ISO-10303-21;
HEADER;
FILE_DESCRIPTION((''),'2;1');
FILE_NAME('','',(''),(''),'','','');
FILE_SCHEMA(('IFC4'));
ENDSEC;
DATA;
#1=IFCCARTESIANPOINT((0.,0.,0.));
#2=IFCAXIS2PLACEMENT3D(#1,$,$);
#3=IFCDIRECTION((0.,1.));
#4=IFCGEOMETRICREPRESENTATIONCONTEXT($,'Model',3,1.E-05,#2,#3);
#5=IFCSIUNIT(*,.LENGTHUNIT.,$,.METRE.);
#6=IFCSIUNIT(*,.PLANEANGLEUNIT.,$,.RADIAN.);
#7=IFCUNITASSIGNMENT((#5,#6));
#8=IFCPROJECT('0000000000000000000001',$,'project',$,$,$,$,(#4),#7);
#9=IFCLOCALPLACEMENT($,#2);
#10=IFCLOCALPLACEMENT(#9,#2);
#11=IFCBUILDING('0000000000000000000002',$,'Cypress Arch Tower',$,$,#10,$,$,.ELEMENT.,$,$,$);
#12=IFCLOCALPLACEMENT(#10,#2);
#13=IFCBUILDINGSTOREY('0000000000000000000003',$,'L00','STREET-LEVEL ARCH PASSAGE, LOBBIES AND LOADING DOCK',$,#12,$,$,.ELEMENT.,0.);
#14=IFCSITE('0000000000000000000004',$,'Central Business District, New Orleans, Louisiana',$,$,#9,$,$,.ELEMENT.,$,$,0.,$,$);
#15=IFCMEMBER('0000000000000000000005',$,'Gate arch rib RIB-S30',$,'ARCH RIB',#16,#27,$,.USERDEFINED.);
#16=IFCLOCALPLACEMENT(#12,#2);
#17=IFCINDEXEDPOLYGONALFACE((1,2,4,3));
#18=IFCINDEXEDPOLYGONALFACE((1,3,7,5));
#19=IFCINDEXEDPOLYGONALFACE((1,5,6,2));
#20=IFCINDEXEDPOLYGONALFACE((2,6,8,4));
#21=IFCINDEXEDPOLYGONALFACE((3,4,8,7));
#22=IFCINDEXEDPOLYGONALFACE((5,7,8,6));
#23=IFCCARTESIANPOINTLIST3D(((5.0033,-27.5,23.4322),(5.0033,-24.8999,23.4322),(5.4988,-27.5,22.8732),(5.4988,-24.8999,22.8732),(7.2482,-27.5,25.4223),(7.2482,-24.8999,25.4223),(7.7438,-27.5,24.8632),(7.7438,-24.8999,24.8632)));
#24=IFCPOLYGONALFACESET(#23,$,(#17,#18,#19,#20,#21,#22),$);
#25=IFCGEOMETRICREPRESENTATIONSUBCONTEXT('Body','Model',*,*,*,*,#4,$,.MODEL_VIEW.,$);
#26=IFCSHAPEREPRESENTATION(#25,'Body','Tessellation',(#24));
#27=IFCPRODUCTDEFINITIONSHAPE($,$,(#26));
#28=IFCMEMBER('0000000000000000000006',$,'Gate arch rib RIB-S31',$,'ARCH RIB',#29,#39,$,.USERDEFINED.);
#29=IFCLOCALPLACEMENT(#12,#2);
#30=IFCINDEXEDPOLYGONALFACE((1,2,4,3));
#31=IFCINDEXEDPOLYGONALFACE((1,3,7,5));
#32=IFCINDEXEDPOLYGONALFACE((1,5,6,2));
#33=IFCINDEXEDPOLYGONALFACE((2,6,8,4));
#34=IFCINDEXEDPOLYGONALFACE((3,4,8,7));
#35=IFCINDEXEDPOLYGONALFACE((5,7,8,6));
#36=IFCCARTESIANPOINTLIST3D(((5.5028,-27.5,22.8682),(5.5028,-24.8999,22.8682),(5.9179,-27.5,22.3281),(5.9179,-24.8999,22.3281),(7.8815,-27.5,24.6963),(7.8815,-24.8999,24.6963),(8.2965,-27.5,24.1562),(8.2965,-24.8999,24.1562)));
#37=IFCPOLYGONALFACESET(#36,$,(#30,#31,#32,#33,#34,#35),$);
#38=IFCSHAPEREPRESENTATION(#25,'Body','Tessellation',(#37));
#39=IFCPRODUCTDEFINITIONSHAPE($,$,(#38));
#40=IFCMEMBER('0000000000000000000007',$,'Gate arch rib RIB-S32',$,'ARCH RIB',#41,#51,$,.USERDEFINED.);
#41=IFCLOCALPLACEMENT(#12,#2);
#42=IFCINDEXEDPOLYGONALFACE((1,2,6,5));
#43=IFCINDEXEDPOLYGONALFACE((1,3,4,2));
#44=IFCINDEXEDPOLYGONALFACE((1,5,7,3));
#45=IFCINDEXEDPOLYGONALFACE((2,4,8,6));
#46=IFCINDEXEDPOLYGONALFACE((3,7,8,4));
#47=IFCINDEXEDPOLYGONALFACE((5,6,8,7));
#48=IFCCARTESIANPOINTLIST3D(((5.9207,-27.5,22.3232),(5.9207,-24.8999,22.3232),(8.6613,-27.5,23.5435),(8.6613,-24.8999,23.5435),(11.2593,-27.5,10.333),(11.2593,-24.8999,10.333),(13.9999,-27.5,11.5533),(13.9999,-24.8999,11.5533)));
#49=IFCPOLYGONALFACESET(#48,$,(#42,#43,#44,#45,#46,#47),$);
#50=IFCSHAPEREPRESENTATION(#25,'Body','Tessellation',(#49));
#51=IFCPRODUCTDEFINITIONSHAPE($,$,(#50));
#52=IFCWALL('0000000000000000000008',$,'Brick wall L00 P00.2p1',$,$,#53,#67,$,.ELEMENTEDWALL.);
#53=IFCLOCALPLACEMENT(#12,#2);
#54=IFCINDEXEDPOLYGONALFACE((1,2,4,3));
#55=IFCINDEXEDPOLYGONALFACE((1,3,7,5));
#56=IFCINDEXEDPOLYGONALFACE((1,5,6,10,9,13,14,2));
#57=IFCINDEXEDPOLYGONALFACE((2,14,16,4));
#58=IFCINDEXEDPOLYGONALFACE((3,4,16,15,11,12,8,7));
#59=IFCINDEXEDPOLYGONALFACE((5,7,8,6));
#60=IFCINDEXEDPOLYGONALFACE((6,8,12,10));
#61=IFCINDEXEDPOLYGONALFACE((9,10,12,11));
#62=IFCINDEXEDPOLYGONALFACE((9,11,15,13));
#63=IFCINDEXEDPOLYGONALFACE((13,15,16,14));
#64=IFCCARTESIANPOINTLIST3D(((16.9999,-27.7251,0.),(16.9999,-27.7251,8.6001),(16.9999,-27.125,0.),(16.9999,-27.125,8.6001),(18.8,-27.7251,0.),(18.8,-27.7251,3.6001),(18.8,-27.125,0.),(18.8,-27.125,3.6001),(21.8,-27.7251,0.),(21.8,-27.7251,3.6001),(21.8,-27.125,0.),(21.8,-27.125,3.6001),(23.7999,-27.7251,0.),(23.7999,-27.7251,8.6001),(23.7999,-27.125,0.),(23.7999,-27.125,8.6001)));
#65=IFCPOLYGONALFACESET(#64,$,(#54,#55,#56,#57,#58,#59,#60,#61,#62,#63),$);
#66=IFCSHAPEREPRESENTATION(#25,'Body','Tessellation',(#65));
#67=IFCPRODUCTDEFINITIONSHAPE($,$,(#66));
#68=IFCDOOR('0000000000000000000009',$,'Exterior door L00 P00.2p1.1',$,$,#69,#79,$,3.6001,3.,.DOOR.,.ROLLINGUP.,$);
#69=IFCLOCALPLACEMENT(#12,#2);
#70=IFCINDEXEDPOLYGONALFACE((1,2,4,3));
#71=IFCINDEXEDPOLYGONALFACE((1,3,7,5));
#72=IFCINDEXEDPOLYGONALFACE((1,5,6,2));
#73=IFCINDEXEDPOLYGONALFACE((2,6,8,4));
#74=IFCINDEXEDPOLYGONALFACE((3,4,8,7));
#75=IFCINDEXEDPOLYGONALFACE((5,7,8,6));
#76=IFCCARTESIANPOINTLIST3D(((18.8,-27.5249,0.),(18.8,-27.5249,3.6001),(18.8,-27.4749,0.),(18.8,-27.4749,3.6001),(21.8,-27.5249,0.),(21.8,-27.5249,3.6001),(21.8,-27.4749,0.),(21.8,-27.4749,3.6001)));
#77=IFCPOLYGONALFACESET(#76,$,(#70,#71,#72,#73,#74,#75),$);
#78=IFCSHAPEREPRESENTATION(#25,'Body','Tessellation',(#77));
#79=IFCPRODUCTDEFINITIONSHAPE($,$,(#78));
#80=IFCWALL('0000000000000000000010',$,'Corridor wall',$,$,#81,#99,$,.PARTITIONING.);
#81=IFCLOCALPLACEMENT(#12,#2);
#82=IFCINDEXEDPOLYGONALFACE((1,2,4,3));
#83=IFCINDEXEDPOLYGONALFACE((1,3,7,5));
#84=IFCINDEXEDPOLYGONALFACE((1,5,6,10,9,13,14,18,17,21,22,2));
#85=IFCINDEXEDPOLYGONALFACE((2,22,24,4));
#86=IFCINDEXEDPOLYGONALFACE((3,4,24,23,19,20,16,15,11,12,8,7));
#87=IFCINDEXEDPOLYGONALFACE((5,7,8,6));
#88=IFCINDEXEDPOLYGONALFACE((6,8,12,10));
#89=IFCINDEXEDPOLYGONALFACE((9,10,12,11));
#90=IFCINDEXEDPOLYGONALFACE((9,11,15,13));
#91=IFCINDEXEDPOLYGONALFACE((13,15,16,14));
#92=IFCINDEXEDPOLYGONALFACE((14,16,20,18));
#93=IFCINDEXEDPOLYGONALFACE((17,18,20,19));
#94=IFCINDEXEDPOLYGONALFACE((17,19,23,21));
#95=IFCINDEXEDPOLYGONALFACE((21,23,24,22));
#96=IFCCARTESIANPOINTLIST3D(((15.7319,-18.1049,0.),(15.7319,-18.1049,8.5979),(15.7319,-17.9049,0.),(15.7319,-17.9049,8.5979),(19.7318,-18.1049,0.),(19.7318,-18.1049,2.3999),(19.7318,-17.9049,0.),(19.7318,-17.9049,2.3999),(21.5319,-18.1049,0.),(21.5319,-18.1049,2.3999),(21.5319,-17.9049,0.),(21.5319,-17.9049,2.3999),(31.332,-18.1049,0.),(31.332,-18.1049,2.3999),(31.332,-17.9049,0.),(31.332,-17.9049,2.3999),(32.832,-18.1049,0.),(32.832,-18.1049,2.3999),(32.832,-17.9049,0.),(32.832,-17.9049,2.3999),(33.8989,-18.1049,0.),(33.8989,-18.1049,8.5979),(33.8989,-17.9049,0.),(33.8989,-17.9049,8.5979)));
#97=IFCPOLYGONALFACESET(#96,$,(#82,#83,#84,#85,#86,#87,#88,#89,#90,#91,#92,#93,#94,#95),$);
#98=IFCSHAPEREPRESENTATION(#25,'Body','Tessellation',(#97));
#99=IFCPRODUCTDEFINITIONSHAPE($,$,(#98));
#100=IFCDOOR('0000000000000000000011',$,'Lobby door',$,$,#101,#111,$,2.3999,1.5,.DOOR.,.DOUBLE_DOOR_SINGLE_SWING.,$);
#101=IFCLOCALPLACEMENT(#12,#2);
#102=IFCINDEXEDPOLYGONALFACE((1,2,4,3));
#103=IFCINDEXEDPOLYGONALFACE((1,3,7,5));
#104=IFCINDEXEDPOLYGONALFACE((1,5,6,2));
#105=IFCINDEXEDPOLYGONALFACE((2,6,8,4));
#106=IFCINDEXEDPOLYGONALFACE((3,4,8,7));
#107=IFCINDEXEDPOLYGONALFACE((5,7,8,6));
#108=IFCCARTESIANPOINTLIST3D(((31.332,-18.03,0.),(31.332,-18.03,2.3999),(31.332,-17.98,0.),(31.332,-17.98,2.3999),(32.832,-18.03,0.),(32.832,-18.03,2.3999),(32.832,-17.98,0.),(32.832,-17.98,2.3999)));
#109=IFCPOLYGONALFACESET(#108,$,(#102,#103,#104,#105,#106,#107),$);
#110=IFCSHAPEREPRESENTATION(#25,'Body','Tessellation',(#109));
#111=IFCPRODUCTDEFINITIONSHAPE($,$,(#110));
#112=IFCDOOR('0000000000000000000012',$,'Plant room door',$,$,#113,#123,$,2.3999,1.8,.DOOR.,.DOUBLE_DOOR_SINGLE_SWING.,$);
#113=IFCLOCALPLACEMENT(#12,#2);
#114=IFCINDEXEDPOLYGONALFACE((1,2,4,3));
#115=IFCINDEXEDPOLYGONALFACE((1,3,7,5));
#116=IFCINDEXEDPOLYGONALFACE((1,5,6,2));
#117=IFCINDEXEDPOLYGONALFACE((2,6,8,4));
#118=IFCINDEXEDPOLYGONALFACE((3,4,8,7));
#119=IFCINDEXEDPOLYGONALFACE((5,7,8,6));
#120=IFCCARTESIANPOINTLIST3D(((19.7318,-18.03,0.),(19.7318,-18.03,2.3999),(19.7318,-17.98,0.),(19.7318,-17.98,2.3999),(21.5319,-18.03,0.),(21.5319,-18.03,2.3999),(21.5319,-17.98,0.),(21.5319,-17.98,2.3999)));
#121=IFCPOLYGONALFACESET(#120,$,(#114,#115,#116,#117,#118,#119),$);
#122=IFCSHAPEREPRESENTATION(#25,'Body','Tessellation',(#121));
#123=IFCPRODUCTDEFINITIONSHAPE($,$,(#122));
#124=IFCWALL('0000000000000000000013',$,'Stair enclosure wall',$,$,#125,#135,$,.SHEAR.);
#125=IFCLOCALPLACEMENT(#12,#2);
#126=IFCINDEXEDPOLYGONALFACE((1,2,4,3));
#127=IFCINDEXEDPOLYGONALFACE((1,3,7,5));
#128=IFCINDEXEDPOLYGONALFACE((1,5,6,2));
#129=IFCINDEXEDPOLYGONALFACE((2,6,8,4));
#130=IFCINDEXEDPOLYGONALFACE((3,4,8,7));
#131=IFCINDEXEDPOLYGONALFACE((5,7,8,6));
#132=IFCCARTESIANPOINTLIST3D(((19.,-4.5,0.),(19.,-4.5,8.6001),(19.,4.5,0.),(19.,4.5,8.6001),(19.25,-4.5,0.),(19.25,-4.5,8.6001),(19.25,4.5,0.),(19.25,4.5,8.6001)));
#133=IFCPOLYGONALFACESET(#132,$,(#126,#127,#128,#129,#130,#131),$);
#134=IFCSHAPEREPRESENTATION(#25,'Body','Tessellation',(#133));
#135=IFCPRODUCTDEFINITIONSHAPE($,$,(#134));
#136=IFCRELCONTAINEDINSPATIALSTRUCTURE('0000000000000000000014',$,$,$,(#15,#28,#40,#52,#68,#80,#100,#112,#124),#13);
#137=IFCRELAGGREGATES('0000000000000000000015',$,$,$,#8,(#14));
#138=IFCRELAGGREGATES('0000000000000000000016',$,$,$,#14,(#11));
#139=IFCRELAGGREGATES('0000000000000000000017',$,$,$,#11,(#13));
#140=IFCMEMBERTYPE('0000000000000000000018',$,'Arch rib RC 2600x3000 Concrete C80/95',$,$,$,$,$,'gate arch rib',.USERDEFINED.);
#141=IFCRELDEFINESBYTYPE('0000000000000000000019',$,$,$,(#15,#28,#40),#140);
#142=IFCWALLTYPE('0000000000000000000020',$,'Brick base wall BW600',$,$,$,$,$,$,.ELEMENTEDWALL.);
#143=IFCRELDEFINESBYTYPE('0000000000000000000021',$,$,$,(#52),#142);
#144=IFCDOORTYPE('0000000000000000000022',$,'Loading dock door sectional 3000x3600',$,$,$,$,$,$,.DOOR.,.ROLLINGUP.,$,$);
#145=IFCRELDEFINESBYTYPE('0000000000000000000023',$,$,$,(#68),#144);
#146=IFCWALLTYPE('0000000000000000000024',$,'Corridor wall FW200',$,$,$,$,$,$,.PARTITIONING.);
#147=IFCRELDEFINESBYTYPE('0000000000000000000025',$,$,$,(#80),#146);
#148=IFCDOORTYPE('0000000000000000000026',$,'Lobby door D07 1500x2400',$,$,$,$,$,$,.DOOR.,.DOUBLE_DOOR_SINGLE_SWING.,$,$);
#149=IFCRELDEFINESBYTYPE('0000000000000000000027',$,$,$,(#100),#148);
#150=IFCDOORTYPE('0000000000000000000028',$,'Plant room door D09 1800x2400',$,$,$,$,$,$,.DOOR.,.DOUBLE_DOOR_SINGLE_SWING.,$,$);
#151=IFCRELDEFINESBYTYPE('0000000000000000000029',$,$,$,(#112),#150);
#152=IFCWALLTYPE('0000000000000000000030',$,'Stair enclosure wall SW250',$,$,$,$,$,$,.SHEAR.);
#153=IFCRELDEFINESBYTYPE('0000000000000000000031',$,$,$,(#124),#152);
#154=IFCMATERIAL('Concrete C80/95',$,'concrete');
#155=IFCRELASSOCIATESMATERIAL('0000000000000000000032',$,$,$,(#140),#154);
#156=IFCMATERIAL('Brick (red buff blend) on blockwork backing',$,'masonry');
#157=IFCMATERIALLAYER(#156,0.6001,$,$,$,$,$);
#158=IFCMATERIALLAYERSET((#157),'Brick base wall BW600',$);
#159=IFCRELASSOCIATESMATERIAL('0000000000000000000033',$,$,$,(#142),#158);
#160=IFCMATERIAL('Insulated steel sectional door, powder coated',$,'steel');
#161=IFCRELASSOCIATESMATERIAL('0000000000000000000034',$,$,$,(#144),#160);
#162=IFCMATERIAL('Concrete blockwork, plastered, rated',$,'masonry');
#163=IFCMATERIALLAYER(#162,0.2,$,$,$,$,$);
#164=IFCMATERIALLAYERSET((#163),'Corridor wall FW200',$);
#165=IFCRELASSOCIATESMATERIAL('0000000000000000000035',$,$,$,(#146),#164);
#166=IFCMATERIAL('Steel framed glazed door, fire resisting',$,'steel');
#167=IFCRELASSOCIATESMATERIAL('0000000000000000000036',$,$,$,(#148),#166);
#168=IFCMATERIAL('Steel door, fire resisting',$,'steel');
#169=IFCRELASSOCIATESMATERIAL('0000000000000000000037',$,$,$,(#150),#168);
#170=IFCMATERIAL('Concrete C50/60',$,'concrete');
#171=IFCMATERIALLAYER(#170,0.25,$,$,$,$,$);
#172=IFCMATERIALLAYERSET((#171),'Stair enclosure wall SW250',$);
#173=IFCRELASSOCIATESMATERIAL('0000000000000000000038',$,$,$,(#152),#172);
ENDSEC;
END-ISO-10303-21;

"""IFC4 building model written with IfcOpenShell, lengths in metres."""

from ifc_helpers import new_model, si_unit, direction, frame, frame_2d, origin, origin_2d, place, context, subcontext, project, spatial, rectangle, extrude, material, layer, layer_set, material_profile, profile_set, type_object, element, fill, save


model = new_model("IFC4")

# Units and contexts
model_context = context("Model", 3, precision=1e-05, world=origin(), true_north=direction((0.0, 1.0)))
body_context = subcontext(model_context, "Body", "Model", "MODEL_VIEW")
ifc_project = project(units=[si_unit("LENGTHUNIT", "METRE"), si_unit("PLANEANGLEUNIT", "RADIAN")], contexts=[model_context])

# Site, building, storey
site_placement = place(None, origin())
site = spatial("IfcSite", under=ifc_project, at=site_placement, Name="Central Business District, New Orleans, Louisiana", CompositionType="ELEMENT", RefElevation=0.0)
building_placement = place(site_placement, origin())
building = spatial("IfcBuilding", under=site, at=building_placement, Name="Cypress Arch Tower", CompositionType="ELEMENT")
storey_placement = place(building_placement, origin())
storey = spatial("IfcBuildingStorey", under=building, at=storey_placement, Name="L00", Description="STREET-LEVEL ARCH PASSAGE, LOBBIES AND LOADING DOCK", CompositionType="ELEMENT", Elevation=0.0)

# Members
ifc_material_1 = material(Name="Concrete C80/95", Category="concrete")
ifc_material_profile_1 = material_profile(ifc_material_1, rectangle(XDim=2.6001, YDim=3.0, at=origin_2d()), Name="RC 2600x3000")
ifc_profile_set_1 = profile_set([ifc_material_profile_1], Name="Concrete C80/95")
member_type = type_object("IfcMemberType", Name="Arch rib RC 2600x3000 Concrete C80/95", ElementType="gate arch rib", PredefinedType="USERDEFINED", material=ifc_profile_set_1)
member_1_placement = place(storey_placement, frame((6.1257, -26.2, 24.4272), z_axis=(0.663349, 0.0, -0.74831), x_axis=(0.0, 1.0, 0.0)))
element("IfcMember", 1, at=member_1_placement, inside=storey, type_object=member_type, Name="Gate arch rib RIB-S30", ObjectType="ARCH RIB", PredefinedType="USERDEFINED", context=body_context, shape_type="SweptSolid", body=[
    extrude(rectangle(XDim=2.6001, YDim=3.0, at=origin_2d()), origin(), (0.0, 0.0, 1.0), 0.7471),
])
member_2_placement = place(storey_placement, frame((6.6921, -26.2, 23.7822), z_axis=(0.609364, 0.0, -0.79289), x_axis=(0.0, 1.0, 0.0)))
element("IfcMember", 2, at=member_2_placement, inside=storey, type_object=member_type, Name="Gate arch rib RIB-S31", ObjectType="ARCH RIB", PredefinedType="USERDEFINED", context=body_context, shape_type="SweptSolid", body=[
    extrude(rectangle(XDim=2.6001, YDim=3.0, at=origin_2d()), origin(), (0.0, 0.0, 1.0), 0.6812),
])
member_3_placement = place(storey_placement, frame((7.291, -26.2, 22.9333), z_axis=(0.406751, 0.0, -0.913539), x_axis=(0.0, 1.0, 0.0)))
element("IfcMember", 3, at=member_3_placement, inside=storey, type_object=member_type, Name="Gate arch rib RIB-S32", ObjectType="ARCH RIB", PredefinedType="USERDEFINED", context=body_context, shape_type="SweptSolid", body=[
    extrude(rectangle(XDim=2.6001, YDim=3.0, at=origin_2d()), origin(), (0.0, 0.0, 1.0), 13.125),
])

# Wall, opening, door
ifc_material_2 = material(Name="Brick (red buff blend) on blockwork backing", Category="masonry")
ifc_layer_1 = layer(ifc_material_2, 0.6001)
ifc_layer_set_1 = layer_set([ifc_layer_1], Name="Brick base wall BW600")
wall_type_1 = type_object("IfcWallType", Name="Brick base wall BW600", PredefinedType="ELEMENTEDWALL", material=ifc_layer_set_1)
wall_1_placement = place(storey_placement, frame((17.0, -27.425, 0.0), z_axis=(0.0, 0.0, 1.0), x_axis=(1.0, 0.0, 0.0)))
wall_1 = element("IfcWall", 4, at=wall_1_placement, inside=storey, type_object=wall_type_1, Name="Brick wall L00 P00.2p1", PredefinedType="ELEMENTEDWALL", context=body_context, shape_type="SweptSolid", body=[
    extrude(rectangle(XDim=6.8, YDim=0.6001, at=frame_2d((3.3999, 0.0))), origin(), (0.0, 0.0, 1.0), 8.6001),
])
opening_1_placement = place(wall_1_placement, frame((1.8, 0.0, 0.0)))
opening_1 = element("IfcOpeningElement", 5, at=opening_1_placement, cuts=wall_1, PredefinedType="OPENING", context=body_context, shape_type="SweptSolid", body=[
    extrude(rectangle(XDim=3.0, YDim=3.6001, at=frame_2d((1.5, 1.8))), frame((0.0, 0.3101, 0.0), z_axis=(0.0, -1.0, 0.0), x_axis=(1.0, 0.0, 0.0)), (0.0, 0.0, 1.0), 0.6201),
])
ifc_material_3 = material(Name="Insulated steel sectional door, powder coated", Category="steel")
door_type_1 = type_object("IfcDoorType", Name="Loading dock door sectional 3000x3600", OperationType="ROLLINGUP", PredefinedType="DOOR", material=ifc_material_3)
door_1_placement = place(opening_1_placement, origin())
door_1 = element("IfcDoor", 6, at=door_1_placement, inside=storey, type_object=door_type_1, Name="Exterior door L00 P00.2p1.1", OperationType="ROLLINGUP", OverallHeight=3.6001, OverallWidth=3.0, PredefinedType="DOOR", context=body_context, shape_type="SweptSolid", body=[
    extrude(rectangle(XDim=3.0, YDim=3.6001, at=frame_2d((1.5, 1.8))), frame((0.0, -0.0498, 0.0), z_axis=(0.0, -1.0, 0.0), x_axis=(1.0, 0.0, 0.0)), (0.0, 0.0, 1.0), 0.05),
])
fill(opening_1, door_1)

# Wall, openings, doors
ifc_material_4 = material(Name="Concrete blockwork, plastered, rated", Category="masonry")
ifc_layer_2 = layer(ifc_material_4, 0.2)
ifc_layer_set_2 = layer_set([ifc_layer_2], Name="Corridor wall FW200")
wall_type_2 = type_object("IfcWallType", Name="Corridor wall FW200", PredefinedType="PARTITIONING", material=ifc_layer_set_2)
wall_2_placement = place(storey_placement, frame((15.7319, -18.0049, 0.0), z_axis=(0.0, 0.0, 1.0), x_axis=(1.0, 0.0, 0.0)))
wall_2 = element("IfcWall", 7, at=wall_2_placement, inside=storey, type_object=wall_type_2, Name="Corridor wall", PredefinedType="PARTITIONING", context=body_context, shape_type="SweptSolid", body=[
    extrude(rectangle(XDim=18.167, YDim=0.2, at=frame_2d((9.0835, 0.0))), origin(), (0.0, 0.0, 1.0), 8.5979),
])
opening_2_placement = place(wall_2_placement, frame((15.6001, 0.0, 0.0)))
opening_2 = element("IfcOpeningElement", 8, at=opening_2_placement, cuts=wall_2, PredefinedType="OPENING", context=body_context, shape_type="SweptSolid", body=[
    extrude(rectangle(XDim=1.5, YDim=2.3999, at=frame_2d((0.75, 1.2))), frame((0.0, 0.1099, 0.0), z_axis=(0.0, -1.0, 0.0), x_axis=(1.0, 0.0, 0.0)), (0.0, 0.0, 1.0), 0.22),
])
opening_3_placement = place(wall_2_placement, frame((4.0, 0.0, 0.0)))
opening_3 = element("IfcOpeningElement", 9, at=opening_3_placement, cuts=wall_2, PredefinedType="OPENING", context=body_context, shape_type="SweptSolid", body=[
    extrude(rectangle(XDim=1.8, YDim=2.3999, at=frame_2d((0.8999, 1.2))), frame((0.0, 0.1099, 0.0), z_axis=(0.0, -1.0, 0.0), x_axis=(1.0, 0.0, 0.0)), (0.0, 0.0, 1.0), 0.22),
])
ifc_material_5 = material(Name="Steel framed glazed door, fire resisting", Category="steel")
door_type_2 = type_object("IfcDoorType", Name="Lobby door D07 1500x2400", OperationType="DOUBLE_DOOR_SINGLE_SWING", PredefinedType="DOOR", material=ifc_material_5)
door_2_placement = place(opening_2_placement, origin())
door_2 = element("IfcDoor", 10, at=door_2_placement, inside=storey, type_object=door_type_2, Name="Lobby door", OperationType="DOUBLE_DOOR_SINGLE_SWING", OverallHeight=2.3999, OverallWidth=1.5, PredefinedType="DOOR", context=body_context, shape_type="SweptSolid", body=[
    extrude(rectangle(XDim=1.5, YDim=2.3999, at=frame_2d((0.75, 1.2))), frame((0.0, 0.0249, 0.0), z_axis=(0.0, -1.0, 0.0), x_axis=(1.0, 0.0, 0.0)), (0.0, 0.0, 1.0), 0.05),
])
fill(opening_2, door_2)
ifc_material_6 = material(Name="Steel door, fire resisting", Category="steel")
door_type_3 = type_object("IfcDoorType", Name="Plant room door D09 1800x2400", OperationType="DOUBLE_DOOR_SINGLE_SWING", PredefinedType="DOOR", material=ifc_material_6)
door_3_placement = place(opening_3_placement, origin())
door_3 = element("IfcDoor", 11, at=door_3_placement, inside=storey, type_object=door_type_3, Name="Plant room door", OperationType="DOUBLE_DOOR_SINGLE_SWING", OverallHeight=2.3999, OverallWidth=1.8, PredefinedType="DOOR", context=body_context, shape_type="SweptSolid", body=[
    extrude(rectangle(XDim=1.8, YDim=2.3999, at=frame_2d((0.8999, 1.2))), frame((0.0, 0.0249, 0.0), z_axis=(0.0, -1.0, 0.0), x_axis=(1.0, 0.0, 0.0)), (0.0, 0.0, 1.0), 0.05),
])
fill(opening_3, door_3)

# Wall
ifc_material_7 = material(Name="Concrete C50/60", Category="concrete")
ifc_layer_3 = layer(ifc_material_7, 0.25)
ifc_layer_set_3 = layer_set([ifc_layer_3], Name="Stair enclosure wall SW250")
wall_type_3 = type_object("IfcWallType", Name="Stair enclosure wall SW250", PredefinedType="SHEAR", material=ifc_layer_set_3)
wall_3_placement = place(storey_placement, frame((19.125, -4.5, 0.0), z_axis=(0.0, 0.0, 1.0), x_axis=(0.0, 1.0, 0.0)))
element("IfcWall", 12, at=wall_3_placement, inside=storey, type_object=wall_type_3, Name="Stair enclosure wall", PredefinedType="SHEAR", context=body_context, shape_type="SweptSolid", body=[
    extrude(rectangle(XDim=9.0, YDim=0.25, at=frame_2d((4.5, 0.0))), origin(), (0.0, 0.0, 1.0), 8.6001),
])

save(model, "model.ifc")
